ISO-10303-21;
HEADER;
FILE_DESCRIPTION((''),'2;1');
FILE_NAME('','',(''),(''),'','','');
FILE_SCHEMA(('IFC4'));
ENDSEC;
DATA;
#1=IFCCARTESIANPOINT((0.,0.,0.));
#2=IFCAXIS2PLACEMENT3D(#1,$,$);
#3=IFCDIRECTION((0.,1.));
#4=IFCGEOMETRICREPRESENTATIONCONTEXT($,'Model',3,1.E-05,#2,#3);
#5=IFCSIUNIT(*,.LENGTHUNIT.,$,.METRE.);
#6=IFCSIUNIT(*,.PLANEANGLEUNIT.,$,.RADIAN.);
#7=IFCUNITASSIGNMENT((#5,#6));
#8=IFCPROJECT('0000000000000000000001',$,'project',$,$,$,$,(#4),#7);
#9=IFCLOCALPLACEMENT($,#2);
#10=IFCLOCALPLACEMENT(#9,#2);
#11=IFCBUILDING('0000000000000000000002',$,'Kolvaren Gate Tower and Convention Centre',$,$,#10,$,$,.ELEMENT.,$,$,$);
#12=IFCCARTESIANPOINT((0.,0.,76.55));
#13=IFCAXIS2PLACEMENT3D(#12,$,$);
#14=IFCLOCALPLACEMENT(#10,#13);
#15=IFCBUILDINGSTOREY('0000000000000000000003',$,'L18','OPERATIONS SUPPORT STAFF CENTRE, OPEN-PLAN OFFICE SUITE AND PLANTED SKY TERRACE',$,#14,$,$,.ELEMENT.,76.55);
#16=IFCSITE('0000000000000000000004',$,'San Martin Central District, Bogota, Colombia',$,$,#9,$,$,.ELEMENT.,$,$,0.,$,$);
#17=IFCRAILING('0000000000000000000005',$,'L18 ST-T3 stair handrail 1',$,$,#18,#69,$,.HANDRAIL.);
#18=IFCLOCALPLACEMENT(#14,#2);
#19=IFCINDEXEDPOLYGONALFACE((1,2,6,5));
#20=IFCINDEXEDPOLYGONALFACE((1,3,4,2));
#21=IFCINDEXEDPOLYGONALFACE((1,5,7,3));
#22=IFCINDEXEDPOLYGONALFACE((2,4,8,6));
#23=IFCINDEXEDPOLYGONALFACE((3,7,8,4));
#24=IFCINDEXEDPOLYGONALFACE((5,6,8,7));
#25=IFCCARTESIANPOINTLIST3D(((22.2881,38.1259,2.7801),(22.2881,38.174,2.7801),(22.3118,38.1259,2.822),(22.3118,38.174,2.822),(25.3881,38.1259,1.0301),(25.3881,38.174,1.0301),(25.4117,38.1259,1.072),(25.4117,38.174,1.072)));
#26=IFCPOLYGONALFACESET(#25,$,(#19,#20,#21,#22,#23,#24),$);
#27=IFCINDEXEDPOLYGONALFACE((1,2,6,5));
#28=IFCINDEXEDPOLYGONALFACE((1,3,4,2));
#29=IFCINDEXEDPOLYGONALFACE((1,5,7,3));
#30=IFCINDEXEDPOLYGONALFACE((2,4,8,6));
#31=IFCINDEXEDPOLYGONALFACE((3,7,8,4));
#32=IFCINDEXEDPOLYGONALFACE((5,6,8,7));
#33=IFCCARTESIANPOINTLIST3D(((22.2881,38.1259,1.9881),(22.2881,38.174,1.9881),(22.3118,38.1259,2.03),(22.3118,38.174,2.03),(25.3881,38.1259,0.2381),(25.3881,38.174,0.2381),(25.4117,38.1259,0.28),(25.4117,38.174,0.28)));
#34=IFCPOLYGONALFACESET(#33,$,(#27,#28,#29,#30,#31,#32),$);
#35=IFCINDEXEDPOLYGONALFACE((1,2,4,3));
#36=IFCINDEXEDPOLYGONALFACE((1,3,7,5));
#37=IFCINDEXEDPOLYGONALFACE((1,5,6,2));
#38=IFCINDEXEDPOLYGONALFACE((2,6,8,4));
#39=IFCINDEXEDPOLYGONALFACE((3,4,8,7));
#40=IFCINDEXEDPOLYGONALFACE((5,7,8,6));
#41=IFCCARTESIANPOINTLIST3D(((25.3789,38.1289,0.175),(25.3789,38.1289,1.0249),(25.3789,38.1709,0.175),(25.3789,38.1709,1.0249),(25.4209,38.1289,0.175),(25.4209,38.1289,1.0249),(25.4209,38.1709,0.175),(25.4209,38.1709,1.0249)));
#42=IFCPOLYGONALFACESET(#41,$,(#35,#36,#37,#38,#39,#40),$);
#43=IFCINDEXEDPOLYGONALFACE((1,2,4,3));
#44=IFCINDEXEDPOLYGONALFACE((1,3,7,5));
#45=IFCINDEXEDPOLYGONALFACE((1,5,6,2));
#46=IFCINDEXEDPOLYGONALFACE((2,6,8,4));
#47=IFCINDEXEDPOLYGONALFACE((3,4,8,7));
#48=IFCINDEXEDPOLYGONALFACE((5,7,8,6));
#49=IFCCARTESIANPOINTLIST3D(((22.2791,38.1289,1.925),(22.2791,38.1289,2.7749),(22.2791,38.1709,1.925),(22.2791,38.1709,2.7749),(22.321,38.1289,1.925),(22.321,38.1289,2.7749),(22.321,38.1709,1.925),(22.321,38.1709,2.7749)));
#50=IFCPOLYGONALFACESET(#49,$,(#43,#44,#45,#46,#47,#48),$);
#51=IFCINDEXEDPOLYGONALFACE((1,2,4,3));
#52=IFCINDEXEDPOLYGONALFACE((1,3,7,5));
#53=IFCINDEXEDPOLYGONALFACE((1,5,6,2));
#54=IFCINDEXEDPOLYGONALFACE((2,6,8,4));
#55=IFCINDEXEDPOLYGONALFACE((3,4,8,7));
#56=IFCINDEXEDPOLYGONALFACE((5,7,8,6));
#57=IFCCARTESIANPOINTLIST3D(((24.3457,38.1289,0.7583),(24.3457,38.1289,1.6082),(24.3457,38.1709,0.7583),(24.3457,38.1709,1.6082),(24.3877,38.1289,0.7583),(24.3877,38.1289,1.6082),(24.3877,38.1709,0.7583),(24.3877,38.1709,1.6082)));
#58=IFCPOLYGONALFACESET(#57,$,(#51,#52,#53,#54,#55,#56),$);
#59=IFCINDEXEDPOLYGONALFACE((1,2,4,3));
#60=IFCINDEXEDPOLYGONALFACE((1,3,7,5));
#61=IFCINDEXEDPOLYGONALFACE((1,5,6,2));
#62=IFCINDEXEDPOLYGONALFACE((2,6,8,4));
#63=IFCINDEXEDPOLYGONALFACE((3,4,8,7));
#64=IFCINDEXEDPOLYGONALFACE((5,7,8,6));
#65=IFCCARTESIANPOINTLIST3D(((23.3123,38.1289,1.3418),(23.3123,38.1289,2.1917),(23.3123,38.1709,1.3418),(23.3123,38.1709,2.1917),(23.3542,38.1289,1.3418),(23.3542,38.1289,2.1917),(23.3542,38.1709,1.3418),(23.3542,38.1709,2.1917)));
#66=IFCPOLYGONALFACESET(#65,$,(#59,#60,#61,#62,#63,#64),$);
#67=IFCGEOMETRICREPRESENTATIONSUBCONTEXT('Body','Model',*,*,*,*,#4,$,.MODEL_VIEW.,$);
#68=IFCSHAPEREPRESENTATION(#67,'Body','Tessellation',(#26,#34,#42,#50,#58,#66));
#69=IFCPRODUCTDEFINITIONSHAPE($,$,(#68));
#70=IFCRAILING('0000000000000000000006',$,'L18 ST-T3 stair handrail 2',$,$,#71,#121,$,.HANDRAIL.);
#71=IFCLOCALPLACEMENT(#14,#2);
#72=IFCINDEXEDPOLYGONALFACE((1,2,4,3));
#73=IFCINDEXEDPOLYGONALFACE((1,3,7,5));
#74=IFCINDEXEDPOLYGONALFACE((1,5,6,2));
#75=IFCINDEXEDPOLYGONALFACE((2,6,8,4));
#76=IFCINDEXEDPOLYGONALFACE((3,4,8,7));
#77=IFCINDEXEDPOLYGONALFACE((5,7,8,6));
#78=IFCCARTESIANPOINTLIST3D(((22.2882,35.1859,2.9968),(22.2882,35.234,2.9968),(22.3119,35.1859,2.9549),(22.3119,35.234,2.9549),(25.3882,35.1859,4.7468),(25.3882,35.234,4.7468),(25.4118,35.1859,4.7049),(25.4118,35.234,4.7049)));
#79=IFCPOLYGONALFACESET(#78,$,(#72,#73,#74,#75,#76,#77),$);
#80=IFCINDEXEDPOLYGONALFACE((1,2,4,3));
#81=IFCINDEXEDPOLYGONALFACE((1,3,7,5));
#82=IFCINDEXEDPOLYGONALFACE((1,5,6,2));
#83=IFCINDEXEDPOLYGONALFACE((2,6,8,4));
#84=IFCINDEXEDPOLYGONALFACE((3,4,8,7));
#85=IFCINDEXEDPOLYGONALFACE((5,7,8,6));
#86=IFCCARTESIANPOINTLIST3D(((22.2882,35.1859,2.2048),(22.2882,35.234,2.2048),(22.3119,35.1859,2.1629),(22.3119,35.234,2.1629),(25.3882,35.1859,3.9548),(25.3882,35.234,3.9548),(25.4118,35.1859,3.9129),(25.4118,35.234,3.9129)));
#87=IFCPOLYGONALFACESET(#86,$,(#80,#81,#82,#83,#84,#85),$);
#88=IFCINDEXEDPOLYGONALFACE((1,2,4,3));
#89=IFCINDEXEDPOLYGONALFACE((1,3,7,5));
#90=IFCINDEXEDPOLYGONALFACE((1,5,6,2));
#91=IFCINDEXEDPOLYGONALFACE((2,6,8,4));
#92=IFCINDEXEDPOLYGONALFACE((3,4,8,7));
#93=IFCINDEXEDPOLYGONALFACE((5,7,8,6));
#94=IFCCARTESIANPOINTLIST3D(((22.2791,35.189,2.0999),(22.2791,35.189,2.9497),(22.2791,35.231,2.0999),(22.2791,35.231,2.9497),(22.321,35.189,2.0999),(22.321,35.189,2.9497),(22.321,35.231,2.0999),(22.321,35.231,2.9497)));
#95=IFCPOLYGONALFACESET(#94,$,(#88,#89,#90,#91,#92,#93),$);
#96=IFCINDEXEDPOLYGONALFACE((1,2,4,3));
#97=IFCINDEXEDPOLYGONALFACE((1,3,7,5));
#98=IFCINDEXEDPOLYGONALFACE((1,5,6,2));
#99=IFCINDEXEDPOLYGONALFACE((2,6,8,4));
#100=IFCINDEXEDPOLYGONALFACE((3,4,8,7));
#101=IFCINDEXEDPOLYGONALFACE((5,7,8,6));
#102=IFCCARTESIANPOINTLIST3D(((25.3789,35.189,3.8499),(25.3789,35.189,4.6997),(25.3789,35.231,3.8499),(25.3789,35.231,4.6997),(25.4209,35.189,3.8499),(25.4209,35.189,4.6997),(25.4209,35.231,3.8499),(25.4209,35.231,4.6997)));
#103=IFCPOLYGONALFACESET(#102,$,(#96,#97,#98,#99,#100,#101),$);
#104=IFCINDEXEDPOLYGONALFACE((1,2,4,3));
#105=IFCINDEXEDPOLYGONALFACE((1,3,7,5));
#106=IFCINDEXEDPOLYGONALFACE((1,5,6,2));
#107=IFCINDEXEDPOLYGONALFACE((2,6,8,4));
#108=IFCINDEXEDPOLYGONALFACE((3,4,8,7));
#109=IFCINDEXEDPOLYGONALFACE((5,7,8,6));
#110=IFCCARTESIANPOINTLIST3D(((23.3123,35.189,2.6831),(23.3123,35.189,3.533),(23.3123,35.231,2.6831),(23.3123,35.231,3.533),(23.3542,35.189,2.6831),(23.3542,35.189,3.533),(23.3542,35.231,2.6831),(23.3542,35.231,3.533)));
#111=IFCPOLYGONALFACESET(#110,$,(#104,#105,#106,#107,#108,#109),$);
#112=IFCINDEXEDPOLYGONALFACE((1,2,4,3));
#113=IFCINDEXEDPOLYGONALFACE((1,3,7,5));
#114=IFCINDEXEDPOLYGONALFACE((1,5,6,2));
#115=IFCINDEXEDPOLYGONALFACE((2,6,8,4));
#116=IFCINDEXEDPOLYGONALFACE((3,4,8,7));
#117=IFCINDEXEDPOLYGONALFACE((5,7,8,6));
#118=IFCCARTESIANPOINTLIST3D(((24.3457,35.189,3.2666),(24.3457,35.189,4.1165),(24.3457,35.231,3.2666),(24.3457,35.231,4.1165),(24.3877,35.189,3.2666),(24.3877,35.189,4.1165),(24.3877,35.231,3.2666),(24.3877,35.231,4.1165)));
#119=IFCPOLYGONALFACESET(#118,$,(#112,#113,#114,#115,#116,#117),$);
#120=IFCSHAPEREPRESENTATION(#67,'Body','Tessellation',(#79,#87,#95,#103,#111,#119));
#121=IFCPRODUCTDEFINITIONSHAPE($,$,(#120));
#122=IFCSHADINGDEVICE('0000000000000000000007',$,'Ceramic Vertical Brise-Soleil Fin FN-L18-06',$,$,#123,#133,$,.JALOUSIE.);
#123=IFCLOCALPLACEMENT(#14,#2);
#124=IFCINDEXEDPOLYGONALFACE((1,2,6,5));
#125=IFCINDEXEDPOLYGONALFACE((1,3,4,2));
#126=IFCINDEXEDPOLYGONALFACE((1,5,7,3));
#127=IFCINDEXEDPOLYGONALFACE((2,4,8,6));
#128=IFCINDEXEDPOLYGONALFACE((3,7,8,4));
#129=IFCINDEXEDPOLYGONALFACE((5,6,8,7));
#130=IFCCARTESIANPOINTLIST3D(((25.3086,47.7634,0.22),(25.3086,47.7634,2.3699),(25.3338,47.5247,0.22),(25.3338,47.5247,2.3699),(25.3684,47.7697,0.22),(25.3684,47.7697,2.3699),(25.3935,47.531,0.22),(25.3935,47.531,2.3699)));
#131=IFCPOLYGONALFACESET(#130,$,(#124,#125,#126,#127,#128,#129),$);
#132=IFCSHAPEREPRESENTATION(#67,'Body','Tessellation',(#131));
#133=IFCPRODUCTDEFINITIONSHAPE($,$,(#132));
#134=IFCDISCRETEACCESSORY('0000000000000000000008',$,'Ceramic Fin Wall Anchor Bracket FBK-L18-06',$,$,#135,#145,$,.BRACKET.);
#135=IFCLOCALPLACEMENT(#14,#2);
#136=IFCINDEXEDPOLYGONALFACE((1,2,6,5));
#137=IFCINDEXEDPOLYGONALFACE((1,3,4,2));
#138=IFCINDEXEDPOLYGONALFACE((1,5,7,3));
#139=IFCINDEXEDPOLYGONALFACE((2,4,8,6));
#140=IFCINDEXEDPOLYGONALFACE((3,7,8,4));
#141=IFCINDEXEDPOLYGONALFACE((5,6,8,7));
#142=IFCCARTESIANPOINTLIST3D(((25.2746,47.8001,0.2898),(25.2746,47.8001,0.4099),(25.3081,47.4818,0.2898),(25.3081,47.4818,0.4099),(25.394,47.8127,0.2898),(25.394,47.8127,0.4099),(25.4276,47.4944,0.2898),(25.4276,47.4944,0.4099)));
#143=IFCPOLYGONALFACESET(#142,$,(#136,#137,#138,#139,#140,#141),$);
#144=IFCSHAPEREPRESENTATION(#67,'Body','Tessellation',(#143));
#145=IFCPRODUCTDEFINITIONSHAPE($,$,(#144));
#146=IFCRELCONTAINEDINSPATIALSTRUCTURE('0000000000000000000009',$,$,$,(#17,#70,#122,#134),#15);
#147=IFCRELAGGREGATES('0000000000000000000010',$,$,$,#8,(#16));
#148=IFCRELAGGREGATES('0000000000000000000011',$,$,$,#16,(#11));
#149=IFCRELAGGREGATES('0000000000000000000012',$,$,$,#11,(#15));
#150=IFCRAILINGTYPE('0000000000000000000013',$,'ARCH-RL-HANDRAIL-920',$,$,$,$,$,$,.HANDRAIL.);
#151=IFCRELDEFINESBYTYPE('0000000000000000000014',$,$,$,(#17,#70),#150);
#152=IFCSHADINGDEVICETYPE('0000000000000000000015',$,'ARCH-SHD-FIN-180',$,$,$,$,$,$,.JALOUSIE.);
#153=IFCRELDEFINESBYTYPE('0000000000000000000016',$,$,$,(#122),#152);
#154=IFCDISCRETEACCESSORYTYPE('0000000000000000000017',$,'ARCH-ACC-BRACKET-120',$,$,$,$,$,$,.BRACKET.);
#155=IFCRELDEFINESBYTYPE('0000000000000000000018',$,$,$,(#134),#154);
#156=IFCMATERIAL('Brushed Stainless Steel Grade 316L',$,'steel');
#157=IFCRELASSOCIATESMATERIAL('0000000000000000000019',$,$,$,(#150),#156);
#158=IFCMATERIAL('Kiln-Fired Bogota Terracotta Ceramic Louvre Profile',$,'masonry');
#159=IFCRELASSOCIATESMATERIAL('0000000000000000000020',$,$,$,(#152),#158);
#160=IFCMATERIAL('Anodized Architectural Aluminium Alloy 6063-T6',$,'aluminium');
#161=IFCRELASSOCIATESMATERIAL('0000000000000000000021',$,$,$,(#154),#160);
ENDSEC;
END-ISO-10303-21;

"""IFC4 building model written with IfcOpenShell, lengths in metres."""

from ifc_helpers import new_model, si_unit, direction, frame, origin, origin_2d, place, context, subcontext, project, spatial, rectangle, extrude, material, type_object, element, save


model = new_model("IFC4")

# Units and contexts
model_context = context("Model", 3, precision=1e-05, world=origin(), true_north=direction((0.0, 1.0)))
body_context = subcontext(model_context, "Body", "Model", "MODEL_VIEW")
ifc_project = project(units=[si_unit("LENGTHUNIT", "METRE"), si_unit("PLANEANGLEUNIT", "RADIAN")], contexts=[model_context])

# Site, building, storey
site_placement = place(None, origin())
site = spatial("IfcSite", under=ifc_project, at=site_placement, Name="San Martin Central District, Bogota, Colombia", CompositionType="ELEMENT", RefElevation=0.0)
building_placement = place(site_placement, origin())
building = spatial("IfcBuilding", under=site, at=building_placement, Name="Kolvaren Gate Tower and Convention Centre", CompositionType="ELEMENT")
storey_placement = place(building_placement, frame((0.0, 0.0, 76.55)))
storey = spatial("IfcBuildingStorey", under=building, at=storey_placement, Name="L18", Description="OPERATIONS SUPPORT STAFF CENTRE, OPEN-PLAN OFFICE SUITE AND PLANTED SKY TERRACE", CompositionType="ELEMENT", Elevation=76.55)

# Railings
ifc_material_1 = material(Name="Brushed Stainless Steel Grade 316L", Category="steel")
railing_type_1 = type_object("IfcRailingType", Name="ARCH-RL-HANDRAIL-920", PredefinedType="HANDRAIL", material=ifc_material_1)
railing_1_placement = place(storey_placement, frame((25.3999, 38.1499, 0.175)))
element("IfcRailing", 1, at=railing_1_placement, inside=storey, type_object=railing_type_1, Name="L18 ST-T3 stair handrail 1", PredefinedType="HANDRAIL", context=body_context, shape_type="SweptSolid", body=[
    extrude(rectangle(XDim=0.0481, YDim=0.0481, at=origin_2d()), frame((0.0, 0.0, 0.876), z_axis=(-0.870814, 0.0, 0.491612), x_axis=(0.0, -1.0, 0.0)), (0.0, 0.0, 1.0), 3.5598),
    extrude(rectangle(XDim=0.0481, YDim=0.0481, at=origin_2d()), frame((0.0, 0.0, 0.084), z_axis=(-0.870814, 0.0, 0.491612), x_axis=(0.0, -1.0, 0.0)), (0.0, 0.0, 1.0), 3.5598),
    extrude(rectangle(XDim=0.042, YDim=0.042, at=origin_2d()), origin(), (0.0, 0.0, 1.0), 0.8499),
    extrude(rectangle(XDim=0.042, YDim=0.042, at=origin_2d()), frame((-3.0999, 0.0, 1.75)), (0.0, 0.0, 1.0), 0.8499),
    extrude(rectangle(XDim=0.042, YDim=0.042, at=origin_2d()), frame((-1.0332, 0.0, 0.5833)), (0.0, 0.0, 1.0), 0.8499),
    extrude(rectangle(XDim=0.042, YDim=0.042, at=origin_2d()), frame((-2.0667, 0.0, 1.1667)), (0.0, 0.0, 1.0), 0.8499),
])
railing_2_placement = place(storey_placement, frame((22.3, 35.21, 2.0999)))
element("IfcRailing", 2, at=railing_2_placement, inside=storey, type_object=railing_type_1, Name="L18 ST-T3 stair handrail 2", PredefinedType="HANDRAIL", context=body_context, shape_type="SweptSolid", body=[
    extrude(rectangle(XDim=0.0481, YDim=0.0481, at=origin_2d()), frame((0.0, 0.0, 0.876), z_axis=(0.870814, 0.0, 0.491612), x_axis=(0.0, 1.0, 0.0)), (0.0, 0.0, 1.0), 3.5598),
    extrude(rectangle(XDim=0.0481, YDim=0.0481, at=origin_2d()), frame((0.0, 0.0, 0.084), z_axis=(0.870814, 0.0, 0.491612), x_axis=(0.0, 1.0, 0.0)), (0.0, 0.0, 1.0), 3.5598),
    extrude(rectangle(XDim=0.042, YDim=0.042, at=origin_2d()), origin(), (0.0, 0.0, 1.0), 0.8499),
    extrude(rectangle(XDim=0.042, YDim=0.042, at=origin_2d()), frame((3.0999, 0.0, 1.75)), (0.0, 0.0, 1.0), 0.8499),
    extrude(rectangle(XDim=0.042, YDim=0.042, at=origin_2d()), frame((1.0332, 0.0, 0.5833)), (0.0, 0.0, 1.0), 0.8499),
    extrude(rectangle(XDim=0.042, YDim=0.042, at=origin_2d()), frame((2.0667, 0.0, 1.1667)), (0.0, 0.0, 1.0), 0.8499),
])

# Shading device
ifc_material_2 = material(Name="Kiln-Fired Bogota Terracotta Ceramic Louvre Profile", Category="masonry")
shading_device_type = type_object("IfcShadingDeviceType", Name="ARCH-SHD-FIN-180", PredefinedType="JALOUSIE", material=ifc_material_2)
shading_device_placement = place(storey_placement, frame((25.3511, 47.6472, 0.22), z_axis=(0.0, 0.0, 1.0), x_axis=(0.994499, 0.104747, 0.0)))
element("IfcShadingDevice", 3, at=shading_device_placement, inside=storey, type_object=shading_device_type, Name="Ceramic Vertical Brise-Soleil Fin FN-L18-06", PredefinedType="JALOUSIE", context=body_context, shape_type="SweptSolid", body=[
    extrude(rectangle(XDim=0.0601, YDim=0.24, at=origin_2d()), origin(), (0.0, 0.0, 1.0), 2.1499),
])

# Discrete accessory
ifc_material_3 = material(Name="Anodized Architectural Aluminium Alloy 6063-T6", Category="aluminium")
discrete_accessory_type = type_object("IfcDiscreteAccessoryType", Name="ARCH-ACC-BRACKET-120", PredefinedType="BRACKET", material=ifc_material_3)
discrete_accessory_placement = place(storey_placement, frame((25.3511, 47.6472, 0.2898), z_axis=(0.0, 0.0, 1.0), x_axis=(0.994499, 0.104747, 0.0)))
element("IfcDiscreteAccessory", 4, at=discrete_accessory_placement, inside=storey, type_object=discrete_accessory_type, Name="Ceramic Fin Wall Anchor Bracket FBK-L18-06", PredefinedType="BRACKET", context=body_context, shape_type="SweptSolid", body=[
    extrude(rectangle(XDim=0.1201, YDim=0.3201, at=origin_2d()), origin(), (0.0, 0.0, 1.0), 0.1201),
])

save(model, "model.ifc")
